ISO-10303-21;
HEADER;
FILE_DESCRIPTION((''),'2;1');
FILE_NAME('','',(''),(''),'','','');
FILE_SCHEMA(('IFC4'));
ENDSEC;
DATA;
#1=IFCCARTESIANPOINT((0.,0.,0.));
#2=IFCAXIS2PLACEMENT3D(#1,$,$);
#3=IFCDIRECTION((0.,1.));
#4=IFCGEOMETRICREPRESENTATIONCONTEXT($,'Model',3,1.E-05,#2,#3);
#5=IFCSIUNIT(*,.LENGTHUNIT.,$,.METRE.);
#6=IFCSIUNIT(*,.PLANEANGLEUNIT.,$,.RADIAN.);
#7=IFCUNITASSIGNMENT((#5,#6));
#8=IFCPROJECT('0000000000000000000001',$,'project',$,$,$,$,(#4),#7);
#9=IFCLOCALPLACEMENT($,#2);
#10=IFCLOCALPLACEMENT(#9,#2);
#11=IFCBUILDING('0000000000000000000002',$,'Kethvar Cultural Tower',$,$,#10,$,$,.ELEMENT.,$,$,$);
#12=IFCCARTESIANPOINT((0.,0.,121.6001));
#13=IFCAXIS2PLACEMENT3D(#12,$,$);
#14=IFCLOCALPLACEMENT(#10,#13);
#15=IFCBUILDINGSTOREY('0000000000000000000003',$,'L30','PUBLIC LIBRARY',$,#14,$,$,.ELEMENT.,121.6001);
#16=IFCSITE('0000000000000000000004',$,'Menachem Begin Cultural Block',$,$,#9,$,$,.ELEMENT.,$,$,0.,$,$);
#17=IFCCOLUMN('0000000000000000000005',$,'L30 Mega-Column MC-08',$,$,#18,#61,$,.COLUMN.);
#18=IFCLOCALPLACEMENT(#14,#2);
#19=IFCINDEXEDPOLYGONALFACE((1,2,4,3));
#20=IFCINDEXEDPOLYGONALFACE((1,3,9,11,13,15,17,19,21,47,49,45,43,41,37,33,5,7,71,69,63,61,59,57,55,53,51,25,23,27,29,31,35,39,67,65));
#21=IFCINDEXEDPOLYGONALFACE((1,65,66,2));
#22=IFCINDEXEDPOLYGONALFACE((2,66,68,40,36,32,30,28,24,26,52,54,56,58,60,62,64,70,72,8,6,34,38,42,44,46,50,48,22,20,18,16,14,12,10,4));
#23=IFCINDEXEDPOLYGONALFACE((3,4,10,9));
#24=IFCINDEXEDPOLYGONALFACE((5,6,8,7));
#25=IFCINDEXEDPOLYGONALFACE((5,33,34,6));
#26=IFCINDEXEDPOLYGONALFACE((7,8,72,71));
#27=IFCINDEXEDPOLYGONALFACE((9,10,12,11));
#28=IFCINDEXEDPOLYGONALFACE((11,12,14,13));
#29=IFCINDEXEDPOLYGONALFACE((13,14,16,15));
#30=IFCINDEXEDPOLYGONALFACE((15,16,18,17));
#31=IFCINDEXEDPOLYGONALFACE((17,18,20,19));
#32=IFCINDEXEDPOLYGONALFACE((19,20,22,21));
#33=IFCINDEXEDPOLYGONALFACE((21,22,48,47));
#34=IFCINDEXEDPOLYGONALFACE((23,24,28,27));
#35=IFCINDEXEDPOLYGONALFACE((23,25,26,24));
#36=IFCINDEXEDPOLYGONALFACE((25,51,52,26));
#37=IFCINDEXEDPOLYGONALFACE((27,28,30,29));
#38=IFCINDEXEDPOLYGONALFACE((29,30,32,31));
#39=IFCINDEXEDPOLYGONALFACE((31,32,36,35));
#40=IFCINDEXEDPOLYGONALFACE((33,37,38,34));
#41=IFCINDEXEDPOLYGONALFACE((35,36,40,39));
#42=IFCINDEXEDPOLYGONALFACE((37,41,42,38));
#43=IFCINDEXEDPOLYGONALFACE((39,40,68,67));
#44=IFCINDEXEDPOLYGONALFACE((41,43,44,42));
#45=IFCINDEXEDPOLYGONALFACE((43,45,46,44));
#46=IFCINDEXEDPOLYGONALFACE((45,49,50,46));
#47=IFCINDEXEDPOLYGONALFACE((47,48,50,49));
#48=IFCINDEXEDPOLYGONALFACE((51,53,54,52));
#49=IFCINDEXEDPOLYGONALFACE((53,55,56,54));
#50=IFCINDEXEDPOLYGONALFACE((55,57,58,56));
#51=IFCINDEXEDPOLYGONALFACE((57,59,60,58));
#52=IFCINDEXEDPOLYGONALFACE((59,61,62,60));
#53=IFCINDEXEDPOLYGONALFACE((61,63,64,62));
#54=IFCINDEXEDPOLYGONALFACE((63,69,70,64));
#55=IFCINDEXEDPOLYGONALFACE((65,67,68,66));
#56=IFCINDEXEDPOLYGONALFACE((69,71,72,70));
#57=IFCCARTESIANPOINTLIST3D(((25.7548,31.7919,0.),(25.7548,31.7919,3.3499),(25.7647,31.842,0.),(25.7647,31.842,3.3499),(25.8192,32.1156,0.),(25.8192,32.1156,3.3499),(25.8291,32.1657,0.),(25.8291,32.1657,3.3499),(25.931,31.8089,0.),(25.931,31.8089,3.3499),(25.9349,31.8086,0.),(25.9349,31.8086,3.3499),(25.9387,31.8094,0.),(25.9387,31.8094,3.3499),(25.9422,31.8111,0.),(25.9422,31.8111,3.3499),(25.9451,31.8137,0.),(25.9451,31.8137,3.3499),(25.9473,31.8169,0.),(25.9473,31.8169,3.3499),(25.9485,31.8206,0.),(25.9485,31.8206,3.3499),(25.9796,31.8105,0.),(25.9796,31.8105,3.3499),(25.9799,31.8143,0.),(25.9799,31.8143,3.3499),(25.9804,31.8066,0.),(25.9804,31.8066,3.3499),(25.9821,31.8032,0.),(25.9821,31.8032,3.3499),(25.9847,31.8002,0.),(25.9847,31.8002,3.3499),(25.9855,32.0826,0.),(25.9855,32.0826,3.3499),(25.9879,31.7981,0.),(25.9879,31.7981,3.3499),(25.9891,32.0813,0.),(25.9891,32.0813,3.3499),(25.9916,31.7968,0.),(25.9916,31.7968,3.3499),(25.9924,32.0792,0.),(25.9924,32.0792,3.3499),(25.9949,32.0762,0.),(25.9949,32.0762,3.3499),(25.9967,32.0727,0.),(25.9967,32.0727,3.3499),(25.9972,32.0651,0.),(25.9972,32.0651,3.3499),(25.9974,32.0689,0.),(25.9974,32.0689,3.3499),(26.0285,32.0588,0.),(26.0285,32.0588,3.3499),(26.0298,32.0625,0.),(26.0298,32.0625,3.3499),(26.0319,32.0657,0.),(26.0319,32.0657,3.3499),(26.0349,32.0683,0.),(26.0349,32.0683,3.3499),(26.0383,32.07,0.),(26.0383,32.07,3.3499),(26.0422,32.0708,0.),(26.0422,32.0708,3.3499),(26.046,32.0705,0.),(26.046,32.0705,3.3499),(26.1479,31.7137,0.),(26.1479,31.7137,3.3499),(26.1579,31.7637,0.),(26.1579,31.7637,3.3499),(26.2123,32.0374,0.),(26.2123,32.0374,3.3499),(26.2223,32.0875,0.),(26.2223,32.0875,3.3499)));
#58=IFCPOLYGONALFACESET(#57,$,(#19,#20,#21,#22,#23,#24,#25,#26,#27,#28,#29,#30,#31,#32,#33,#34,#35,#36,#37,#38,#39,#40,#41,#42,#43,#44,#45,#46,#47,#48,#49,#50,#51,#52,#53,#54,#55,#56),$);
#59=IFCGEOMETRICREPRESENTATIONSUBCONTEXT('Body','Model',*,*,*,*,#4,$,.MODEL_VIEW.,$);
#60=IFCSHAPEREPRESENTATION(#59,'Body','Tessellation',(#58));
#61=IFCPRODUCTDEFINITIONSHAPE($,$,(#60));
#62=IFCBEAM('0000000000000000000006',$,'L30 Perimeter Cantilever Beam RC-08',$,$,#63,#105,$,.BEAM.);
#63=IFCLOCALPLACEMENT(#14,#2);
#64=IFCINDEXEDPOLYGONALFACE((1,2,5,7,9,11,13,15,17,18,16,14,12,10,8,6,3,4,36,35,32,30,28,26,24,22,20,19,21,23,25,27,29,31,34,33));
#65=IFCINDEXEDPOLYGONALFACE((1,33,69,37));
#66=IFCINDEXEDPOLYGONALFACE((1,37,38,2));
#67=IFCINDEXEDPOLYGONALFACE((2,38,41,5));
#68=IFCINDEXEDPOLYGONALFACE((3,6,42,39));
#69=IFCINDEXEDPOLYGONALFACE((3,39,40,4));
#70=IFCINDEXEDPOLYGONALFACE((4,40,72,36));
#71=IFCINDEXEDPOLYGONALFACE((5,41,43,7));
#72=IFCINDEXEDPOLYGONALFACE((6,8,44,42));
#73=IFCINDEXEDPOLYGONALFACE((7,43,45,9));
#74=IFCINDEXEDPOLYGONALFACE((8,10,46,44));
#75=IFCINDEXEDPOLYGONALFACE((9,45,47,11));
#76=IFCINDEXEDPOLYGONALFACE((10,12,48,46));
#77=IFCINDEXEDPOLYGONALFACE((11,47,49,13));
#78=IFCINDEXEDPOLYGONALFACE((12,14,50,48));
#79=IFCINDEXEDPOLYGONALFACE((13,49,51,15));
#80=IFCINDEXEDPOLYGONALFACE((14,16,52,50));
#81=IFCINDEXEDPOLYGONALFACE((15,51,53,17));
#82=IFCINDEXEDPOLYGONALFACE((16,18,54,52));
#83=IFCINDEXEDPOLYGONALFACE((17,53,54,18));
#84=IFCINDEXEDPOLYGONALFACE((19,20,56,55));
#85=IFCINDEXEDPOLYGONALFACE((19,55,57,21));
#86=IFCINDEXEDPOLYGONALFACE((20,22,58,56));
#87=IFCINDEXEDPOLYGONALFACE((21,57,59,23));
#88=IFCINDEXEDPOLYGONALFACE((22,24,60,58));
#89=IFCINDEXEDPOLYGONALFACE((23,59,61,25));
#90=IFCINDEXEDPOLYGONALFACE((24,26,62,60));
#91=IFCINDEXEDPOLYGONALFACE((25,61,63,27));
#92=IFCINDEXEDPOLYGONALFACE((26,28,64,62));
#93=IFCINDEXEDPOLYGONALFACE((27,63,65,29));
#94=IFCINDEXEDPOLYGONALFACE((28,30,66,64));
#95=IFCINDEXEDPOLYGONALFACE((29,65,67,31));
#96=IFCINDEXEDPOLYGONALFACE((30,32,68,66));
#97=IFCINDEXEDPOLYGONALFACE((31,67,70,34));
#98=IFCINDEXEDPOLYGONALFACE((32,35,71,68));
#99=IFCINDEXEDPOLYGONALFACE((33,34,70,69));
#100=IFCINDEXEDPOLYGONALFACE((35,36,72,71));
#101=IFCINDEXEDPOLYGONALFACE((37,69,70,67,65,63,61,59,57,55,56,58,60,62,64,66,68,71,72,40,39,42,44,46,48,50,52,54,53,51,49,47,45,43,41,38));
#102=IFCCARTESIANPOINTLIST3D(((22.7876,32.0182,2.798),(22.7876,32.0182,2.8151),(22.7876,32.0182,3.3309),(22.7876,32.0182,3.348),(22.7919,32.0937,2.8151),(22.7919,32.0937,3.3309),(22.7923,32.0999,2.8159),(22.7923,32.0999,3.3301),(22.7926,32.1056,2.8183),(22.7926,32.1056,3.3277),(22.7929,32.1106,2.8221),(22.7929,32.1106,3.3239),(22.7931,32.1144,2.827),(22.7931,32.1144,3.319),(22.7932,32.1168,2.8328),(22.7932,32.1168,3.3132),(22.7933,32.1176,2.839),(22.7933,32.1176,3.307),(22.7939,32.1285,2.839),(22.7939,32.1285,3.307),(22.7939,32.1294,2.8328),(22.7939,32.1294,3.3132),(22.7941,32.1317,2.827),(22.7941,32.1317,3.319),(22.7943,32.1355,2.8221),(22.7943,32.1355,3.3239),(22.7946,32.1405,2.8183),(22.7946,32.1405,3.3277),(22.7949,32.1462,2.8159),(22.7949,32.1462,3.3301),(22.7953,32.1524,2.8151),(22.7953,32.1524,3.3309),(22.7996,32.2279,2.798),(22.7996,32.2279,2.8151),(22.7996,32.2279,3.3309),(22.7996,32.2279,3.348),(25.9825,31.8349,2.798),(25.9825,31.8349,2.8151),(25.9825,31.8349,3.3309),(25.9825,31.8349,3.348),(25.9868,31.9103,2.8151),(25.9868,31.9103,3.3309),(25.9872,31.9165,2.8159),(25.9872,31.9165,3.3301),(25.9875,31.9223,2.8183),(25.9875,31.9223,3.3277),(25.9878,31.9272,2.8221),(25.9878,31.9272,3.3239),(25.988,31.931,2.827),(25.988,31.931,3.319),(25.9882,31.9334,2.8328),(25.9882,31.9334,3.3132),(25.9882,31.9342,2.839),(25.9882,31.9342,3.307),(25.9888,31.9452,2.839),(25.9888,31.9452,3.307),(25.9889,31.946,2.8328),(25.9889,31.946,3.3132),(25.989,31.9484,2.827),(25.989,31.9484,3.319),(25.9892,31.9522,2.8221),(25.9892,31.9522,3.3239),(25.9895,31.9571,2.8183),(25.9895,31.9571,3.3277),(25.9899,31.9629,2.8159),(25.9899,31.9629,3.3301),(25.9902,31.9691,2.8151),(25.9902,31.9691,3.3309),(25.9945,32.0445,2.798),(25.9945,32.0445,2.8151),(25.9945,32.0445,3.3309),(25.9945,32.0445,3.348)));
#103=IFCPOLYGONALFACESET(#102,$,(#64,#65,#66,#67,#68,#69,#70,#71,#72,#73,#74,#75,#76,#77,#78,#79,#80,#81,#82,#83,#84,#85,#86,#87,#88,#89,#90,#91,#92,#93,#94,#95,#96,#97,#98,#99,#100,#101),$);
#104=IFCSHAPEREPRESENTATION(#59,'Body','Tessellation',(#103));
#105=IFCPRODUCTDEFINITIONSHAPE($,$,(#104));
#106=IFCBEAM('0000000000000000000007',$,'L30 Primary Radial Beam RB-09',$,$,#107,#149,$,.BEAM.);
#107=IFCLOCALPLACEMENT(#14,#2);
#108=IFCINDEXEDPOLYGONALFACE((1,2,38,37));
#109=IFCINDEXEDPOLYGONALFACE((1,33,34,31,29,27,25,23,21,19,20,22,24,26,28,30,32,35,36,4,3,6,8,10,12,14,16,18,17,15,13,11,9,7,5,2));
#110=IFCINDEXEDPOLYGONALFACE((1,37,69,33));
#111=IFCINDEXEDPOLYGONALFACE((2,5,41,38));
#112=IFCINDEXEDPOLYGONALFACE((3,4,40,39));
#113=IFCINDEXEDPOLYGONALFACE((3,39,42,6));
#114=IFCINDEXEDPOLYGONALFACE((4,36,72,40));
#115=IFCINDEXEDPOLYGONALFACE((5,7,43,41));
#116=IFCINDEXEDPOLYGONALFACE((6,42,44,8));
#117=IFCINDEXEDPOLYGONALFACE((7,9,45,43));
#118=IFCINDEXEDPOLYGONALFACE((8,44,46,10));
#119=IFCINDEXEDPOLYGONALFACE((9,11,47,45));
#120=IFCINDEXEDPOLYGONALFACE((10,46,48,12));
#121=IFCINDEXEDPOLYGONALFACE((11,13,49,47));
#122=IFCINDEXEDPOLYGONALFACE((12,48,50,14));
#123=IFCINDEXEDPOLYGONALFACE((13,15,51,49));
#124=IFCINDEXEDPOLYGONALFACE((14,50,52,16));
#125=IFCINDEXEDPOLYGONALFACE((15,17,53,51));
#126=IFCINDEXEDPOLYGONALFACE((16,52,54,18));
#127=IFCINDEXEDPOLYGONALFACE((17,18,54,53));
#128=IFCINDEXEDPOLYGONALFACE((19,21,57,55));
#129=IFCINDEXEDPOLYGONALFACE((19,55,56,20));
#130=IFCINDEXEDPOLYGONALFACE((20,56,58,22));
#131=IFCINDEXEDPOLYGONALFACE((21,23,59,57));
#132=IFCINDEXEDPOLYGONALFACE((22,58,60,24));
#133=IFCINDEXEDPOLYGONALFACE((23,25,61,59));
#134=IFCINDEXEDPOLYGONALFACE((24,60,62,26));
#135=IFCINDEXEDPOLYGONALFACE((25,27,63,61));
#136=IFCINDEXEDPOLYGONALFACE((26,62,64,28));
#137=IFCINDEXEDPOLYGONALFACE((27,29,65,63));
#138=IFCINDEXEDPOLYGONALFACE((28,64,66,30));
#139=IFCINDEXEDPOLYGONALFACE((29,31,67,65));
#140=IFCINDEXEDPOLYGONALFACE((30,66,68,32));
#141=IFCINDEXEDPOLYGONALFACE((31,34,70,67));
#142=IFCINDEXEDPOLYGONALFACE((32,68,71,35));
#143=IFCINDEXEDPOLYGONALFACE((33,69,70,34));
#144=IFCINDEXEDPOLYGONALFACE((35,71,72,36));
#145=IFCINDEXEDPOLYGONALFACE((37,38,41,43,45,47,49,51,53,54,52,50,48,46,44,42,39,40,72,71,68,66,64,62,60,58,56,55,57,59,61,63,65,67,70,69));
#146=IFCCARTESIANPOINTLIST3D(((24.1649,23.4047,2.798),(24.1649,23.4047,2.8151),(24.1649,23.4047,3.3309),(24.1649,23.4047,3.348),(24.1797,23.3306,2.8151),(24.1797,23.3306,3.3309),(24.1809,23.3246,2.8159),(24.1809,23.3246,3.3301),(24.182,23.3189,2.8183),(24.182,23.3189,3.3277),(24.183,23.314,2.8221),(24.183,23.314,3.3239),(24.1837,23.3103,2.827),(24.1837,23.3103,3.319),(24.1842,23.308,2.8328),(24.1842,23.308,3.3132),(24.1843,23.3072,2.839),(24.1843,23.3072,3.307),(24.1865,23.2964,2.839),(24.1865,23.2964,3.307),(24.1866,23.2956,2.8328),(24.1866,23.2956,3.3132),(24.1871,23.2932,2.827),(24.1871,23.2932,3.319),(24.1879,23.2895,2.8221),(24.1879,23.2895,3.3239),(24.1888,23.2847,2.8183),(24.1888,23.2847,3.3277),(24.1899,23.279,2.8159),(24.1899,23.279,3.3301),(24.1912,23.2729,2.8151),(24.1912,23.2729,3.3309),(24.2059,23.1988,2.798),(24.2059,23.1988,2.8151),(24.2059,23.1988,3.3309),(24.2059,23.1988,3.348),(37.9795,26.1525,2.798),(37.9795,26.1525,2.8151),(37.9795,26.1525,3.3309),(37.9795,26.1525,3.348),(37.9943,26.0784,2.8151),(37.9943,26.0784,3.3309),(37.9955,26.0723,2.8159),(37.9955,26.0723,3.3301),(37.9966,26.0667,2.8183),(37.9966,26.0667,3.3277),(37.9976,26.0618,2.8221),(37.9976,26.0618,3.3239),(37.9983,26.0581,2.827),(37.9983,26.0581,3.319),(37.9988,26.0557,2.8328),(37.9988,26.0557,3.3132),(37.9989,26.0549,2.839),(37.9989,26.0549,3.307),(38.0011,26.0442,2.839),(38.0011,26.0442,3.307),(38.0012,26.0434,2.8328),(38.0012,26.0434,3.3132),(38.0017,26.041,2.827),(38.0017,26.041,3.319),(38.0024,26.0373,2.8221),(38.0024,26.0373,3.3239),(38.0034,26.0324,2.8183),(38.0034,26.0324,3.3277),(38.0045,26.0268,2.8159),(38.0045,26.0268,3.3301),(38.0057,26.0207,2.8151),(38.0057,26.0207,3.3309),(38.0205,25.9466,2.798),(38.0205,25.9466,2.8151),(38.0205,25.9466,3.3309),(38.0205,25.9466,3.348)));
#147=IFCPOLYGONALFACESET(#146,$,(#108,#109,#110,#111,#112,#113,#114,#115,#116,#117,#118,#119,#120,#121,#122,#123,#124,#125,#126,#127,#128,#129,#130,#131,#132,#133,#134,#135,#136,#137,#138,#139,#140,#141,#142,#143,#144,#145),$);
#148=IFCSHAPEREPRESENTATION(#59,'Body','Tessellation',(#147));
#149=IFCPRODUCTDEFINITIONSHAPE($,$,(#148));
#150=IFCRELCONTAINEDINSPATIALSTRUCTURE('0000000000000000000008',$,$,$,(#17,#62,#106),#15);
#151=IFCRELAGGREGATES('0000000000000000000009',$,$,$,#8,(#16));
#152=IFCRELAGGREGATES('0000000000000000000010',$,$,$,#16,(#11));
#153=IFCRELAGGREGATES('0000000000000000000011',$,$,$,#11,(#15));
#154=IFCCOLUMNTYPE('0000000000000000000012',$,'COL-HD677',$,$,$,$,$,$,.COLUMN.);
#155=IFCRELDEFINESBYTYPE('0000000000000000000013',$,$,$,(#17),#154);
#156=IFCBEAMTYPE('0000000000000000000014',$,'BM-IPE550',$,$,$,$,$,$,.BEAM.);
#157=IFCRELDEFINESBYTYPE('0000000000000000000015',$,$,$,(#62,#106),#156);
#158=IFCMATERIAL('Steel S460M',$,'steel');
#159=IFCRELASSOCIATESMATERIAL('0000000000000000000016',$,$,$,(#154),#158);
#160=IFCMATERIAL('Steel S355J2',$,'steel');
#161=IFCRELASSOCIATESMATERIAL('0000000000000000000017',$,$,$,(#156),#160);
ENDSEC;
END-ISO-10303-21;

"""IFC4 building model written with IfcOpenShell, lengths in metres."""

from ifc_helpers import new_model, si_unit, direction, frame, origin, origin_2d, place, context, subcontext, project, spatial, i_section, extrude, source, transform, mapped, material, material_profile, profile_set, type_object, element, save


model = new_model("IFC4")

# Units and contexts
model_context = context("Model", 3, precision=1e-05, world=origin(), true_north=direction((0.0, 1.0)))
body_context = subcontext(model_context, "Body", "Model", "MODEL_VIEW")
ifc_project = project(units=[si_unit("LENGTHUNIT", "METRE"), si_unit("PLANEANGLEUNIT", "RADIAN")], contexts=[model_context])

# Site, building, storey
site_placement = place(None, origin())
site = spatial("IfcSite", under=ifc_project, at=site_placement, Name="Menachem Begin Cultural Block", CompositionType="ELEMENT", RefElevation=0.0)
building_placement = place(site_placement, origin())
building = spatial("IfcBuilding", under=site, at=building_placement, Name="Kethvar Cultural Tower", CompositionType="ELEMENT")
storey_placement = place(building_placement, frame((0.0, 0.0, 121.6001)))
storey = spatial("IfcBuildingStorey", under=building, at=storey_placement, Name="L30", Description="PUBLIC LIBRARY", CompositionType="ELEMENT", Elevation=121.6001)

# Column
ifc_material_1 = material(Name="Steel S460M", Category="steel")
ifc_material_profile_1 = material_profile(ifc_material_1, i_section(OverallWidth=0.4009, OverallDepth=0.3811, WebThickness=0.032, FlangeThickness=0.051, FilletRadius=0.0149, at=origin_2d()), Name="Steel S460M — HD400x677")
ifc_profile_set_1 = profile_set([ifc_material_profile_1], Name="Steel S460M — HD400x677")
column_type = type_object("IfcColumnType", Name="COL-HD677", PredefinedType="COLUMN", material=ifc_profile_set_1)
shared_shape_1 = source(origin(), body_context, "Body", "SweptSolid", [
    extrude(i_section(OverallWidth=0.4009, OverallDepth=0.3811, WebThickness=0.032, FlangeThickness=0.051, FilletRadius=0.0149, at=origin_2d()), origin(), (0.0, 0.0, 1.0), 3.3499),
])
column_placement = place(storey_placement, frame((25.9885, 31.9397, 0.0), z_axis=(0.0, 0.0, 1.0), x_axis=(-0.980785, 0.19509, 0.0)))
element("IfcColumn", 1, at=column_placement, inside=storey, type_object=column_type, Name="L30 Mega-Column MC-08", PredefinedType="COLUMN", context=body_context, shape_type="MappedRepresentation", body=[
    mapped(shared_shape_1, transform((0.0, 0.0, 0.0), scale=1.0)),
])

# Beams
ifc_material_2 = material(Name="Steel S355J2", Category="steel")
ifc_material_profile_2 = material_profile(ifc_material_2, i_section(OverallWidth=0.21, OverallDepth=0.55, WebThickness=0.011, FlangeThickness=0.0171, FilletRadius=0.0239, at=origin_2d()), Name="Steel S355J2 — IPE550")
ifc_profile_set_2 = profile_set([ifc_material_profile_2], Name="Steel S355J2 — IPE550")
beam_type_1 = type_object("IfcBeamType", Name="BM-IPE550", PredefinedType="BEAM", material=ifc_profile_set_2)
shared_shape_2 = source(origin(), body_context, "Body", "SweptSolid", [
    extrude(i_section(OverallWidth=0.21, OverallDepth=0.55, WebThickness=0.011, FlangeThickness=0.0171, FilletRadius=0.0239, at=origin_2d()), origin(), (0.0, 0.0, 1.0), 3.2002),
])
beam_1_placement = place(storey_placement, frame((25.9885, 31.9397, 3.073), z_axis=(-0.998357, 0.057295, 0.0), x_axis=(-0.057295, -0.998357, 0.0)))
element("IfcBeam", 2, at=beam_1_placement, inside=storey, type_object=beam_type_1, Name="L30 Perimeter Cantilever Beam RC-08", PredefinedType="BEAM", context=body_context, shape_type="MappedRepresentation", body=[
    mapped(shared_shape_2, transform((0.0, 0.0, 0.0), scale=1.0)),
])
shared_shape_3 = source(origin(), body_context, "Body", "SweptSolid", [
    extrude(i_section(OverallWidth=0.21, OverallDepth=0.55, WebThickness=0.011, FlangeThickness=0.0171, FilletRadius=0.0239, at=origin_2d()), origin(), (0.0, 0.0, 1.0), 14.0852),
])
beam_2_placement = place(storey_placement, frame((38.0, 26.0496, 3.073), z_axis=(-0.980787, -0.195083, 0.0), x_axis=(0.195083, -0.980787, 0.0)))
element("IfcBeam", 3, at=beam_2_placement, inside=storey, type_object=beam_type_1, Name="L30 Primary Radial Beam RB-09", PredefinedType="BEAM", context=body_context, shape_type="MappedRepresentation", body=[
    mapped(shared_shape_3, transform((0.0, 0.0, 0.0), scale=1.0)),
])

save(model, "model.ifc")
